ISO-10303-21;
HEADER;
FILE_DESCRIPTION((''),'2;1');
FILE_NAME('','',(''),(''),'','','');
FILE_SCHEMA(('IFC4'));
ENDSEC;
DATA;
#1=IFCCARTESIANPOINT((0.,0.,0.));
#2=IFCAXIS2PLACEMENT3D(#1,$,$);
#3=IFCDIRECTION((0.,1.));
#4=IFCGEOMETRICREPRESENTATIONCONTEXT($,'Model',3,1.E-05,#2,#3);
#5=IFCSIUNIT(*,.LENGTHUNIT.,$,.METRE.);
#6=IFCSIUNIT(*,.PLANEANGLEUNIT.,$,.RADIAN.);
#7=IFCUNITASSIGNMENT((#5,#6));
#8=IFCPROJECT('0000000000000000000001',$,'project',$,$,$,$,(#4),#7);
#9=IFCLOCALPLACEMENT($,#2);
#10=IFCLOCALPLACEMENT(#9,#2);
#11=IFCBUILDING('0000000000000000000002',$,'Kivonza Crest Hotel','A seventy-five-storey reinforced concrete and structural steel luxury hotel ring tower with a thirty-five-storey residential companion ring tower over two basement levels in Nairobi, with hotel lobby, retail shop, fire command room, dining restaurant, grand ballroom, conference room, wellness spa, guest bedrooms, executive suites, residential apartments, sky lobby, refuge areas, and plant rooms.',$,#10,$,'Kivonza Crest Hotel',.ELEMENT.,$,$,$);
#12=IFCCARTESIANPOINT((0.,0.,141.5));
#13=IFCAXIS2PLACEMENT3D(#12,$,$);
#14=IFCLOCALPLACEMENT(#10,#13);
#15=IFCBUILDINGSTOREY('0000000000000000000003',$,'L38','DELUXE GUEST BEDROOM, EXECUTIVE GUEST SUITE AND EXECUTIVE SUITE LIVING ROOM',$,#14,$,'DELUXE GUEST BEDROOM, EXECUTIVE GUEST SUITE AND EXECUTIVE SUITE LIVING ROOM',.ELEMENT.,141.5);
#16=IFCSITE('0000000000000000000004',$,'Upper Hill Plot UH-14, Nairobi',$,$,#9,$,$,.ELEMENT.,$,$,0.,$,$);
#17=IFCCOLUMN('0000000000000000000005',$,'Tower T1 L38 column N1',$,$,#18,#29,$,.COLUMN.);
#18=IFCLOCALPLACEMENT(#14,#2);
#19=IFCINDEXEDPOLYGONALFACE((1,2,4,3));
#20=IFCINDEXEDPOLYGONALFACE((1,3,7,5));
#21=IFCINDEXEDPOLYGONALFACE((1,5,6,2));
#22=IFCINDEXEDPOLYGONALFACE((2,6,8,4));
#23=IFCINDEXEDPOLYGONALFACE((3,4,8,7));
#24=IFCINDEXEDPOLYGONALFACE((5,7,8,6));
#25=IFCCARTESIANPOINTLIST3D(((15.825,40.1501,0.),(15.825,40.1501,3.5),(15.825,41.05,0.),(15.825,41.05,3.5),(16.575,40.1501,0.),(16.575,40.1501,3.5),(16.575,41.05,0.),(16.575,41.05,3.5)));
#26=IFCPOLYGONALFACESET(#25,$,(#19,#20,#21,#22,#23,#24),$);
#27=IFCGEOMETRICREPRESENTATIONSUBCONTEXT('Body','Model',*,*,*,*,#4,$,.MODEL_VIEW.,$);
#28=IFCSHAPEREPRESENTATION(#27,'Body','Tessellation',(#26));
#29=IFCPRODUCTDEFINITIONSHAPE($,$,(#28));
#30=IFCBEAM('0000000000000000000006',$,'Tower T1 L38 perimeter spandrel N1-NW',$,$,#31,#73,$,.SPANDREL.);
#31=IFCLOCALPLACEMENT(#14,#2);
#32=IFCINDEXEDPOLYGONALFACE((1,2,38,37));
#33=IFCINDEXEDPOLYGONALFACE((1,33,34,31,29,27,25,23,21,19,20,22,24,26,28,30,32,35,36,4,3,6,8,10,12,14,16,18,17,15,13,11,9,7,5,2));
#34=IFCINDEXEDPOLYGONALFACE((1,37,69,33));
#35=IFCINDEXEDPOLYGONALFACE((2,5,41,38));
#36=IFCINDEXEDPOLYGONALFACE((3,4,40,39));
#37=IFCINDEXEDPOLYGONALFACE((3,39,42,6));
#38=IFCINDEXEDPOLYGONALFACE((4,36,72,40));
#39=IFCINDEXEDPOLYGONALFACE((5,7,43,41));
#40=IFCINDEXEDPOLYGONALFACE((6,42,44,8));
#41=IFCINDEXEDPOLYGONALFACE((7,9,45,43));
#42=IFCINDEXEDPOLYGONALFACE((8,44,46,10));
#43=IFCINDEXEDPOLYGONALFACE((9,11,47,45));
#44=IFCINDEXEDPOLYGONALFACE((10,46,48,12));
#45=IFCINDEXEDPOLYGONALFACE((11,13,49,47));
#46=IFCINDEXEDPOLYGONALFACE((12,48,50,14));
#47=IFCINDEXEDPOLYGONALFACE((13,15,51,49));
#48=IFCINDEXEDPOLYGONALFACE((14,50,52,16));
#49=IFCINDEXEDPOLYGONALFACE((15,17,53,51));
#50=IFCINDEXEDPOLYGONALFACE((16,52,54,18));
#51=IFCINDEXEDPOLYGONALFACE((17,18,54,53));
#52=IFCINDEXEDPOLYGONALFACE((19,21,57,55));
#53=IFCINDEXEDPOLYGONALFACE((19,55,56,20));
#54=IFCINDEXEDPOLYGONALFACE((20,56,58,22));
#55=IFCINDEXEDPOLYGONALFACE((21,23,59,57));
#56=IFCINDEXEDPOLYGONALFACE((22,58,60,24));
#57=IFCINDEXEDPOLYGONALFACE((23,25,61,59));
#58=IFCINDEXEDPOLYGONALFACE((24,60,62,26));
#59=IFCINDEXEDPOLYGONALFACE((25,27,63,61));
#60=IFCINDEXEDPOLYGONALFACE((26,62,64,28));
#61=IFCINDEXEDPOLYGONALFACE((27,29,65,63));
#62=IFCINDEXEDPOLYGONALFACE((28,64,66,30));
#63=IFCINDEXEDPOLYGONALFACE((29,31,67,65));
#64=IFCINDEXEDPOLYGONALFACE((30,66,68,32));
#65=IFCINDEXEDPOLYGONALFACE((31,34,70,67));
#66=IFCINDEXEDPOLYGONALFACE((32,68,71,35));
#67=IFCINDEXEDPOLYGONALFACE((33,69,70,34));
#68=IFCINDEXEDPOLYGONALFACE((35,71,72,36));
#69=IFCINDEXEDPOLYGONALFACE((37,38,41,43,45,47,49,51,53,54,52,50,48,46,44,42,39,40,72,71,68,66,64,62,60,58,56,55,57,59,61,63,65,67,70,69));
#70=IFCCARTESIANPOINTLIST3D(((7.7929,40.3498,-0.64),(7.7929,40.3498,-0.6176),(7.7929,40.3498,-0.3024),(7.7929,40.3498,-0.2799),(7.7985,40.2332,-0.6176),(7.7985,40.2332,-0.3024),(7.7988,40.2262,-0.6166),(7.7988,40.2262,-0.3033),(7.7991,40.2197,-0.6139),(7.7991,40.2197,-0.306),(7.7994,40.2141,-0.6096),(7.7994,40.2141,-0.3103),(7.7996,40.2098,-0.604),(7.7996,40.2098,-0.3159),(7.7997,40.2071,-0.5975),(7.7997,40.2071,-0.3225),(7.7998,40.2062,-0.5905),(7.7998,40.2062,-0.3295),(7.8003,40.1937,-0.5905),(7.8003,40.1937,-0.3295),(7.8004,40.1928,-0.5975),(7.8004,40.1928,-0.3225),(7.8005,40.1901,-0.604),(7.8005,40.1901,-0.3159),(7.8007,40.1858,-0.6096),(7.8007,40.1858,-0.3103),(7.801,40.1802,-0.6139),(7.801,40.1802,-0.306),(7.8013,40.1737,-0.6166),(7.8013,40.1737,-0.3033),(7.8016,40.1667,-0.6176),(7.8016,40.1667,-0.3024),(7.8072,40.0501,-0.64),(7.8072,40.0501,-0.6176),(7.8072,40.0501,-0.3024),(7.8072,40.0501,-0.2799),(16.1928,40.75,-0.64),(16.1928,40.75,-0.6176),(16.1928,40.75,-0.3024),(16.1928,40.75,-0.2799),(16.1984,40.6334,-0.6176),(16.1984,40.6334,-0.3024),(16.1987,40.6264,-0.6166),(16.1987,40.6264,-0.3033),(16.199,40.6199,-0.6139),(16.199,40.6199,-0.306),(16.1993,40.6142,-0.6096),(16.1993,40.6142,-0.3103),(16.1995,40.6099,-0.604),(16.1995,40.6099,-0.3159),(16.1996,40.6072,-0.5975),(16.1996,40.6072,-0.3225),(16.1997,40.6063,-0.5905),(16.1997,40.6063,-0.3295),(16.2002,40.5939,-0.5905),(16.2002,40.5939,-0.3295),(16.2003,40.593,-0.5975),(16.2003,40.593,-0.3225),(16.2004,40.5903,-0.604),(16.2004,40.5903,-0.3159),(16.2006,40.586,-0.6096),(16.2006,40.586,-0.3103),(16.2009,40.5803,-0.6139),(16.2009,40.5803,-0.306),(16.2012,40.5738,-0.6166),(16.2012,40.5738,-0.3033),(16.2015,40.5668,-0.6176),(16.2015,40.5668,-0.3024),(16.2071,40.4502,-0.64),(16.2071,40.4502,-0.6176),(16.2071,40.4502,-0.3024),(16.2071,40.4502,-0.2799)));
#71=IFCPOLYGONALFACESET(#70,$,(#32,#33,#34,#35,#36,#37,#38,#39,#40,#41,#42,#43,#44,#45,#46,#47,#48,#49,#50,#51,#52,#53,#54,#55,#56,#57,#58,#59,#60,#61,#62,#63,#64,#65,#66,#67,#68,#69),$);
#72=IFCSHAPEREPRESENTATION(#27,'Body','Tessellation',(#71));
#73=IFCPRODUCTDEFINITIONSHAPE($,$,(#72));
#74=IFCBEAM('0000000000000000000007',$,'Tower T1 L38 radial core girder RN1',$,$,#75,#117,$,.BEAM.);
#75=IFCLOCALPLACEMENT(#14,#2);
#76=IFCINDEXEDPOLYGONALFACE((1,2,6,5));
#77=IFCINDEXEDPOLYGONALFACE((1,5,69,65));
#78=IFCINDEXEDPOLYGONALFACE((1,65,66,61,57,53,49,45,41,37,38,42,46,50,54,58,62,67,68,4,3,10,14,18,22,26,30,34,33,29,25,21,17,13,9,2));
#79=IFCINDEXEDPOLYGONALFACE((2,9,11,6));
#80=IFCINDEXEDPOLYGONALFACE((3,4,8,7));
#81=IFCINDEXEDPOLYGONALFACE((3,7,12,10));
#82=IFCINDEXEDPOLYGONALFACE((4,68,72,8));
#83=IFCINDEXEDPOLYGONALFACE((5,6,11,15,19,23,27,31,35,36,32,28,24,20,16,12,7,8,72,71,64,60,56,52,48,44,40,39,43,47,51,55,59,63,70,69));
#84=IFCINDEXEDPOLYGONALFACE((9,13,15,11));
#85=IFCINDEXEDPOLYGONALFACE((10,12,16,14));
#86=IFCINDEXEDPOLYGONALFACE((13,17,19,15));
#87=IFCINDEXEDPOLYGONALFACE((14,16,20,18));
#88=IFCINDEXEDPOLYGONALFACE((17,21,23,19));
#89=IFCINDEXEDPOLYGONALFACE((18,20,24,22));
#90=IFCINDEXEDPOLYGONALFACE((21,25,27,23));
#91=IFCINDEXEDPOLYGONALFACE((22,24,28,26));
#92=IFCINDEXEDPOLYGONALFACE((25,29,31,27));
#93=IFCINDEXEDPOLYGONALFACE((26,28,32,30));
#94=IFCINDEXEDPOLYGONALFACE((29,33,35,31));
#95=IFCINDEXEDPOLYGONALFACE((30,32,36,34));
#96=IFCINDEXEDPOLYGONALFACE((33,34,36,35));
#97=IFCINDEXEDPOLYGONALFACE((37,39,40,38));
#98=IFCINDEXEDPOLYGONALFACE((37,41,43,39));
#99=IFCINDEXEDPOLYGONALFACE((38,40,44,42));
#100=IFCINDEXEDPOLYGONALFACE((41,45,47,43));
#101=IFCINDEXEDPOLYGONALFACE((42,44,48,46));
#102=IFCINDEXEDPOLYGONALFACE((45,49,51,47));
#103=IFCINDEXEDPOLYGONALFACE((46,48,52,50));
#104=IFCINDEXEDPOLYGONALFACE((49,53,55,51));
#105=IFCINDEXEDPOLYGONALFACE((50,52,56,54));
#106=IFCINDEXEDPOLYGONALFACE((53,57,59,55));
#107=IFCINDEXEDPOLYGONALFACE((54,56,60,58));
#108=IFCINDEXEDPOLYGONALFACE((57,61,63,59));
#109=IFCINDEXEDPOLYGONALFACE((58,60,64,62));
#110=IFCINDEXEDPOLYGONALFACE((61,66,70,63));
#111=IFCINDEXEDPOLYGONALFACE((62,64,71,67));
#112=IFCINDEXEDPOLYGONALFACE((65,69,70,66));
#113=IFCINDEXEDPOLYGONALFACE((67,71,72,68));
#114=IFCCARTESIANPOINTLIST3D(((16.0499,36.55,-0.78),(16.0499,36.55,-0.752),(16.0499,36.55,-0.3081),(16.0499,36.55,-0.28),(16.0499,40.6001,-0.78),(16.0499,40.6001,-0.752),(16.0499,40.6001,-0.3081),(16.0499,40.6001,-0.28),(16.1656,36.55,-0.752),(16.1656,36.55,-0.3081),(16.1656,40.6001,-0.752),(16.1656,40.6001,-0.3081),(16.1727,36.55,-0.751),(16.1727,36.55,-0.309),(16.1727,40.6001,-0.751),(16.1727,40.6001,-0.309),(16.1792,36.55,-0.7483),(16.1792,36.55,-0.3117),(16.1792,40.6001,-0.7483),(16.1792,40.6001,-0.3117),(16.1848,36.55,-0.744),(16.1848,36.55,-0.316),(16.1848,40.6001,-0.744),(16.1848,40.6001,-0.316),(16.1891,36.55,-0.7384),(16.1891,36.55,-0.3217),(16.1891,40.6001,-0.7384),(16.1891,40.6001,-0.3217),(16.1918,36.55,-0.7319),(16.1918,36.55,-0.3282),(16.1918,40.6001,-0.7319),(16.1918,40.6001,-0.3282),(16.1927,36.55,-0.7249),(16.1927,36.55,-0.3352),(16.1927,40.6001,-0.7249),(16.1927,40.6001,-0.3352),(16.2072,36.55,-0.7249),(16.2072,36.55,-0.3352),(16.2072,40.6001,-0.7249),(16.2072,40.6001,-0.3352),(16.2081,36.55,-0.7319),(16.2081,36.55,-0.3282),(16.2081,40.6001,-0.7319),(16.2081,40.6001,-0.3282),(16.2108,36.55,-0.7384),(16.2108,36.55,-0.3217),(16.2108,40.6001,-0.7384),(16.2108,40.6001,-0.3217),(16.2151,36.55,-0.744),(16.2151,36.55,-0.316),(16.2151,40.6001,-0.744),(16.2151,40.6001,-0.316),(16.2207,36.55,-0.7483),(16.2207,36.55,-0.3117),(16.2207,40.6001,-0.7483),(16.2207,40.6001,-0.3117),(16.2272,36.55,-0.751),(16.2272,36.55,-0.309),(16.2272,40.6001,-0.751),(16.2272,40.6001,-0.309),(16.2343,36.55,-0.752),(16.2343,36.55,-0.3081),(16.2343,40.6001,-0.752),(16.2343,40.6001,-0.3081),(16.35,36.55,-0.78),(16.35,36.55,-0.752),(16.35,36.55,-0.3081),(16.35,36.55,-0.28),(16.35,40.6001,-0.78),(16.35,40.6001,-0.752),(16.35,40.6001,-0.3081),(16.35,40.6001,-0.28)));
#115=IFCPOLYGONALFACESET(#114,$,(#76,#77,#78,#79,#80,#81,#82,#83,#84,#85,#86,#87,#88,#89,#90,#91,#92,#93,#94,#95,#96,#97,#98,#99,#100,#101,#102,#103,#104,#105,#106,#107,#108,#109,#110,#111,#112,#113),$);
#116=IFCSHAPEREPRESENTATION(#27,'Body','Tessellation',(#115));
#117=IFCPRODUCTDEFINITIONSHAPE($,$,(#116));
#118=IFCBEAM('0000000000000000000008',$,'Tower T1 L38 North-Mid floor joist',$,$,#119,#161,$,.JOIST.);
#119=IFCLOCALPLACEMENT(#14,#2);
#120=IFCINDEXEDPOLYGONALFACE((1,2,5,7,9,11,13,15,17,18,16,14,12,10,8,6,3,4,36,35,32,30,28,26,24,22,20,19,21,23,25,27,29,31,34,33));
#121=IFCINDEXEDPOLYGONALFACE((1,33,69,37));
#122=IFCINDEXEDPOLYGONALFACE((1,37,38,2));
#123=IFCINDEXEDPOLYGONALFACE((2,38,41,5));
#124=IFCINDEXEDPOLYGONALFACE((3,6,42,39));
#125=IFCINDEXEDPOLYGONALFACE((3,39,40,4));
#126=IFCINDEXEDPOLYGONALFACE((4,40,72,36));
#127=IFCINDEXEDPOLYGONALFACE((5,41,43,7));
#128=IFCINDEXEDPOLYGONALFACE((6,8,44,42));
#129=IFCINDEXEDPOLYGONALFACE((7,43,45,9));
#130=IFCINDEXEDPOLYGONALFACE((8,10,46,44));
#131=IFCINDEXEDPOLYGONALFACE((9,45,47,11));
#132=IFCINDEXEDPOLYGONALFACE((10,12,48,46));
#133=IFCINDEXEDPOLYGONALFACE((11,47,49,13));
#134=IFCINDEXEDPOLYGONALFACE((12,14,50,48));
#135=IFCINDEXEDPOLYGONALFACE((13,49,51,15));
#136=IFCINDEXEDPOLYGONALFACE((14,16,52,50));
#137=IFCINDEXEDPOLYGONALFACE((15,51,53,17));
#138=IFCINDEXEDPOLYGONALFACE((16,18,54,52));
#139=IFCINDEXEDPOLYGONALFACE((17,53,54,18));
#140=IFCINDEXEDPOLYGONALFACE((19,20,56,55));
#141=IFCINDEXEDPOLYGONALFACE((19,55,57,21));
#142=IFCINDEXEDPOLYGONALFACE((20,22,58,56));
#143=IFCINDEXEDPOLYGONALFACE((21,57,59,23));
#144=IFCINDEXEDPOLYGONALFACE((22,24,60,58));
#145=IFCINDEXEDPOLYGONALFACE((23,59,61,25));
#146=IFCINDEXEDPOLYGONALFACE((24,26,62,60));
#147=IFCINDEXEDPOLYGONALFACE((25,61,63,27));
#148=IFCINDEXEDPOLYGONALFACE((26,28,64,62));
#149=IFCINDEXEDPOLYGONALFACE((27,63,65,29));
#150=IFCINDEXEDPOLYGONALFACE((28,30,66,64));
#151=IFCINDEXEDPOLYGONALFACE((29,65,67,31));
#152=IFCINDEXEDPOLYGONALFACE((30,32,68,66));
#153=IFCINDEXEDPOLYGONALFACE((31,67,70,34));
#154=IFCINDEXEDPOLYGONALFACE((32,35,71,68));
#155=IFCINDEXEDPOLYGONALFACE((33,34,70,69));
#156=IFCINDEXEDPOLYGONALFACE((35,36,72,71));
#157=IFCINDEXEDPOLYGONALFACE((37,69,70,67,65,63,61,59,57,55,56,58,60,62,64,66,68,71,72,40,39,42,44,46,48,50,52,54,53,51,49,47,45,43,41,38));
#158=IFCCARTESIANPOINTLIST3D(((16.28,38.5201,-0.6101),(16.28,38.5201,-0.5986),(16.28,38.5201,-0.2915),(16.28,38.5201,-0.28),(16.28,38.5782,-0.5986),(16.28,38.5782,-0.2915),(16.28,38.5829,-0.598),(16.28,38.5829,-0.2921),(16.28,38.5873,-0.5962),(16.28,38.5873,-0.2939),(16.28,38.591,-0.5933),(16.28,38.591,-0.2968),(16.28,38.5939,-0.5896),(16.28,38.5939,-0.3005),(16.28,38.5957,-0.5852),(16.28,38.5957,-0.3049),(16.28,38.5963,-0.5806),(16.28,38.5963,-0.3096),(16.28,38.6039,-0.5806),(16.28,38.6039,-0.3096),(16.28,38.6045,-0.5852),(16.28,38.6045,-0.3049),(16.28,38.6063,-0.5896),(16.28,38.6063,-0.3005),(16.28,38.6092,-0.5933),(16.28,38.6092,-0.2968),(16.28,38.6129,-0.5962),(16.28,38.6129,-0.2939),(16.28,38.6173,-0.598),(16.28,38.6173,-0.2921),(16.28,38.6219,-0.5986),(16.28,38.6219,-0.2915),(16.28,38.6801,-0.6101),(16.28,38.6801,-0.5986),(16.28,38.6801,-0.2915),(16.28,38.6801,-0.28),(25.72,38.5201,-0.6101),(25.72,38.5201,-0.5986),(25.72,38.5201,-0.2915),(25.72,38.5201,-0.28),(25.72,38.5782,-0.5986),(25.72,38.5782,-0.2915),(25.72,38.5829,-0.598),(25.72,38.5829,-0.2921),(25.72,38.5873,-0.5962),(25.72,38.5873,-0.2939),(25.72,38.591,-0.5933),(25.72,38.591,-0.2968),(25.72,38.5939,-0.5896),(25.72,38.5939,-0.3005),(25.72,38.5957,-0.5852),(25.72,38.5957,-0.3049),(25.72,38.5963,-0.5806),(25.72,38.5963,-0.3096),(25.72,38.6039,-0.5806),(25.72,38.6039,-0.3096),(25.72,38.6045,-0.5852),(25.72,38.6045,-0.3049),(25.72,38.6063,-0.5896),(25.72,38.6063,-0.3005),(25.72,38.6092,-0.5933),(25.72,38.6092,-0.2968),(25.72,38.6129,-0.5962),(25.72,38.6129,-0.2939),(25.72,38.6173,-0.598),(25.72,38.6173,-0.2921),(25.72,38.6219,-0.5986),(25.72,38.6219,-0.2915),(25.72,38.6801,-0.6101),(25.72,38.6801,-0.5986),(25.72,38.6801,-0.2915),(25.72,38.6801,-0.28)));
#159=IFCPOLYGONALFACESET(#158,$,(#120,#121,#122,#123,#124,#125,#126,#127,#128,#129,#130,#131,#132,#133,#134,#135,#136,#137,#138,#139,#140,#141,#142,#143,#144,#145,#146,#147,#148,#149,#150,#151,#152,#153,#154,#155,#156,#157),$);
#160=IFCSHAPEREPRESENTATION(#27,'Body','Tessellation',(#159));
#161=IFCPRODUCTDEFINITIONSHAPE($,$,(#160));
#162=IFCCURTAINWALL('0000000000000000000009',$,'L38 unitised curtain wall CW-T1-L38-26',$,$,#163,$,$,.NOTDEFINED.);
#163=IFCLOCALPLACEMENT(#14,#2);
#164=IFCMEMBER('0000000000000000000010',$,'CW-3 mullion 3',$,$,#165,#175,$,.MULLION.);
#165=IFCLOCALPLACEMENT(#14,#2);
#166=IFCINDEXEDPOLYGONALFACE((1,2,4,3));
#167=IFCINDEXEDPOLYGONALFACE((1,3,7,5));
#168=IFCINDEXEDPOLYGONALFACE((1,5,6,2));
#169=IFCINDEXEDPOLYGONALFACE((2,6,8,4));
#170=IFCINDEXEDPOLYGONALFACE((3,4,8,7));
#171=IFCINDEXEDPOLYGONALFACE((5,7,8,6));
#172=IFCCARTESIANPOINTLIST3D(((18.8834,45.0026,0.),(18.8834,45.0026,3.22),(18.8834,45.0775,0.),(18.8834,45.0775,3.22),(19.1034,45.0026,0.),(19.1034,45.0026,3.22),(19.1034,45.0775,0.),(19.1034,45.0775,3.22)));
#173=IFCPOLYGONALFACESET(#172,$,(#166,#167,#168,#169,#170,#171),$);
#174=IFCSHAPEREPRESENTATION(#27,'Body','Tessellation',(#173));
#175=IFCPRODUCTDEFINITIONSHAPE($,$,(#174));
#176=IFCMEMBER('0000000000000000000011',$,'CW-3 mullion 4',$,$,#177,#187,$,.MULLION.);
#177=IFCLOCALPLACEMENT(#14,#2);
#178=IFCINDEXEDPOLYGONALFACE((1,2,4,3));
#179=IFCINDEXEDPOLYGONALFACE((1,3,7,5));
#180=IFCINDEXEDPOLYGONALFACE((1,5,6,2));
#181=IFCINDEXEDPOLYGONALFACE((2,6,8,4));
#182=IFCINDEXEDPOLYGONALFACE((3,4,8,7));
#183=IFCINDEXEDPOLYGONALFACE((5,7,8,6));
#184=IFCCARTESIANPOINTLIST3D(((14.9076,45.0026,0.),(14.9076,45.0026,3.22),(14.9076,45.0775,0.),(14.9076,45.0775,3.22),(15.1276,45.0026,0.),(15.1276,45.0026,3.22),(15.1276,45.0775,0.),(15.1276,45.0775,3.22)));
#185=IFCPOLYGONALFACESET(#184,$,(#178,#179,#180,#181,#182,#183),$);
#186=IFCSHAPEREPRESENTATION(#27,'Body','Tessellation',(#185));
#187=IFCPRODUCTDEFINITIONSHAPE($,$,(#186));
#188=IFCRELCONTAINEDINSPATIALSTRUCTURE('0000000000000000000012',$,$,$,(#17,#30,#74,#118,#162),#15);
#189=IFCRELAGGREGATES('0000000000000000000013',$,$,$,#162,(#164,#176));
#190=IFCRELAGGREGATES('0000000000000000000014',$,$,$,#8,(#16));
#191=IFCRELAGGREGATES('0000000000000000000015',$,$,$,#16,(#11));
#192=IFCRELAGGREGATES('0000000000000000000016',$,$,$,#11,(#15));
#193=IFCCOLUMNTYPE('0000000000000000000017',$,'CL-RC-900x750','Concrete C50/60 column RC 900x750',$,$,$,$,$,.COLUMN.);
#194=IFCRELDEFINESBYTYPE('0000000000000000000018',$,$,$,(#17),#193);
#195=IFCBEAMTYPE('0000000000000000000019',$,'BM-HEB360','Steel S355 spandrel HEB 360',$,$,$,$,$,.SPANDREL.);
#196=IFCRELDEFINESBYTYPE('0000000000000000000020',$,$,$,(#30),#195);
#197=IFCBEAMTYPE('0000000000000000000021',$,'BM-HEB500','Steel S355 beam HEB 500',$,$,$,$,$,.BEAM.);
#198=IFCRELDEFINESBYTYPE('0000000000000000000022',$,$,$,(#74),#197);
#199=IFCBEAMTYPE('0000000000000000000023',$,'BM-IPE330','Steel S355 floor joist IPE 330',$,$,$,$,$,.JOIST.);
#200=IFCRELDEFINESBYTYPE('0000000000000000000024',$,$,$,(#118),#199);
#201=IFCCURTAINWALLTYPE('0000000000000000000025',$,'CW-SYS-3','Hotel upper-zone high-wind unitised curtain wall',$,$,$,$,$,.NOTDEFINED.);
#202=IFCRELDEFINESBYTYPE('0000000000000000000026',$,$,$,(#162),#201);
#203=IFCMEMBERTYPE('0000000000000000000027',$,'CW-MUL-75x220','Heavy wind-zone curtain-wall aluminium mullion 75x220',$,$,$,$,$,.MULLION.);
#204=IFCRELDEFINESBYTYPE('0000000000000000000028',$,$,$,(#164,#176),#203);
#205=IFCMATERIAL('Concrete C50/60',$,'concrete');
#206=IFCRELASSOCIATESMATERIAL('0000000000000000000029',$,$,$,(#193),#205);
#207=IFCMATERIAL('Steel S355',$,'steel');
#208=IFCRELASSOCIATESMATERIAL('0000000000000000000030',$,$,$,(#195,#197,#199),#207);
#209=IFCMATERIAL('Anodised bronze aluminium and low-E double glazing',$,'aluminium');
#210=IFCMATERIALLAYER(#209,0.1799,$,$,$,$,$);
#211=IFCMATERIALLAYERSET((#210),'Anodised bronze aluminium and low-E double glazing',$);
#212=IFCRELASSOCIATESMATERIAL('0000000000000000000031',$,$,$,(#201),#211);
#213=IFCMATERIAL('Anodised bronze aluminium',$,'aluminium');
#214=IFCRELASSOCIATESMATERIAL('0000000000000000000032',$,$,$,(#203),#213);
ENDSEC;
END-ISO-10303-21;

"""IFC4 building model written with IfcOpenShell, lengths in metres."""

from ifc_helpers import new_model, si_unit, direction, frame, origin, origin_2d, place, context, subcontext, project, spatial, rectangle, i_section, extrude, material, layer, layer_set, material_profile, profile_set, type_object, element, aggregate, save


model = new_model("IFC4")

# Units and contexts
model_context = context("Model", 3, precision=1e-05, world=origin(), true_north=direction((0.0, 1.0)))
body_context = subcontext(model_context, "Body", "Model", "MODEL_VIEW")
ifc_project = project(units=[si_unit("LENGTHUNIT", "METRE"), si_unit("PLANEANGLEUNIT", "RADIAN")], contexts=[model_context])

# Site, building, storey
site_placement = place(None, origin())
site = spatial("IfcSite", under=ifc_project, at=site_placement, Name="Upper Hill Plot UH-14, Nairobi", CompositionType="ELEMENT", RefElevation=0.0)
building_placement = place(site_placement, origin())
building = spatial("IfcBuilding", under=site, at=building_placement, Name="Kivonza Crest Hotel", Description="A seventy-five-storey reinforced concrete and structural steel luxury hotel ring tower with a thirty-five-storey residential companion ring tower over two basement levels in Nairobi, with hotel lobby, retail shop, fire command room, dining restaurant, grand ballroom, conference room, wellness spa, guest bedrooms, executive suites, residential apartments, sky lobby, refuge areas, and plant rooms.", LongName="Kivonza Crest Hotel", CompositionType="ELEMENT")
storey_placement = place(building_placement, frame((0.0, 0.0, 141.5)))
storey = spatial("IfcBuildingStorey", under=building, at=storey_placement, Name="L38", Description="DELUXE GUEST BEDROOM, EXECUTIVE GUEST SUITE AND EXECUTIVE SUITE LIVING ROOM", LongName="DELUXE GUEST BEDROOM, EXECUTIVE GUEST SUITE AND EXECUTIVE SUITE LIVING ROOM", CompositionType="ELEMENT", Elevation=141.5)

# Column
ifc_material_1 = material(Name="Concrete C50/60", Category="concrete")
ifc_material_profile_1 = material_profile(ifc_material_1, rectangle(XDim=0.75, YDim=0.8999, at=origin_2d()), Name="RC 900x750")
ifc_profile_set_1 = profile_set([ifc_material_profile_1], Name="Concrete C50/60")
column_type = type_object("IfcColumnType", Name="CL-RC-900x750", Description="Concrete C50/60 column RC 900x750", PredefinedType="COLUMN", material=ifc_profile_set_1)
column_placement = place(storey_placement, frame((16.2, 40.6001, 0.0), z_axis=(0.0, 0.0, 1.0), x_axis=(1.0, 0.0, 0.0)))
element("IfcColumn", 1, at=column_placement, inside=storey, type_object=column_type, Name="Tower T1 L38 column N1", PredefinedType="COLUMN", context=body_context, shape_type="SweptSolid", body=[
    extrude(rectangle(XDim=0.75, YDim=0.8999, at=origin_2d()), origin(), (0.0, 0.0, 1.0), 3.5),
])

# Beams
ifc_material_2 = material(Name="Steel S355", Category="steel")
ifc_material_profile_2 = material_profile(ifc_material_2, i_section(OverallWidth=0.3, OverallDepth=0.3601, WebThickness=0.0125, FlangeThickness=0.0225, FilletRadius=0.0271, at=origin_2d()), Name="HEB 360")
ifc_profile_set_2 = profile_set([ifc_material_profile_2], Name="Steel S355")
beam_type_1 = type_object("IfcBeamType", Name="BM-HEB360", Description="Steel S355 spandrel HEB 360", PredefinedType="SPANDREL", material=ifc_profile_set_2)
beam_1_placement = place(storey_placement, frame((16.2, 40.6001, -0.46), z_axis=(-0.998867, -0.047583, 0.0), x_axis=(0.047583, -0.998867, 0.0)))
element("IfcBeam", 2, at=beam_1_placement, inside=storey, type_object=beam_type_1, Name="Tower T1 L38 perimeter spandrel N1-NW", PredefinedType="SPANDREL", context=body_context, shape_type="SweptSolid", body=[
    extrude(i_section(OverallWidth=0.3, OverallDepth=0.3601, WebThickness=0.0125, FlangeThickness=0.0225, FilletRadius=0.0271, at=origin_2d()), origin(), (0.0, 0.0, 1.0), 8.4094),
])
ifc_material_profile_3 = material_profile(ifc_material_2, i_section(OverallWidth=0.3, OverallDepth=0.5, WebThickness=0.0144, FlangeThickness=0.0281, FilletRadius=0.0271, at=origin_2d()), Name="HEB 500")
ifc_profile_set_3 = profile_set([ifc_material_profile_3], Name="Steel S355")
beam_type_2 = type_object("IfcBeamType", Name="BM-HEB500", Description="Steel S355 beam HEB 500", PredefinedType="BEAM", material=ifc_profile_set_3)
beam_2_placement = place(storey_placement, frame((16.2, 40.6001, -0.53), z_axis=(0.0, -1.0, 0.0), x_axis=(1.0, 0.0, 0.0)))
element("IfcBeam", 3, at=beam_2_placement, inside=storey, type_object=beam_type_2, Name="Tower T1 L38 radial core girder RN1", PredefinedType="BEAM", context=body_context, shape_type="SweptSolid", body=[
    extrude(i_section(OverallWidth=0.3, OverallDepth=0.5, WebThickness=0.0144, FlangeThickness=0.0281, FilletRadius=0.0271, at=origin_2d()), origin(), (0.0, 0.0, 1.0), 4.05),
])
ifc_material_profile_4 = material_profile(ifc_material_2, i_section(OverallWidth=0.1599, OverallDepth=0.3301, WebThickness=0.0076, FlangeThickness=0.0115, FilletRadius=0.0181, at=origin_2d()), Name="IPE 330")
ifc_profile_set_4 = profile_set([ifc_material_profile_4], Name="Steel S355")
beam_type_3 = type_object("IfcBeamType", Name="BM-IPE330", Description="Steel S355 floor joist IPE 330", PredefinedType="JOIST", material=ifc_profile_set_4)
beam_3_placement = place(storey_placement, frame((16.28, 38.6001, -0.4451), z_axis=(1.0, 0.0, 0.0), x_axis=(0.0, 1.0, 0.0)))
element("IfcBeam", 4, at=beam_3_placement, inside=storey, type_object=beam_type_3, Name="Tower T1 L38 North-Mid floor joist", PredefinedType="JOIST", context=body_context, shape_type="SweptSolid", body=[
    extrude(i_section(OverallWidth=0.1599, OverallDepth=0.3301, WebThickness=0.0076, FlangeThickness=0.0115, FilletRadius=0.0181, at=origin_2d()), origin(), (0.0, 0.0, 1.0), 9.4399),
])

# Curtain wall, members
ifc_material_3 = material(Name="Anodised bronze aluminium and low-E double glazing", Category="aluminium")
ifc_layer_1 = layer(ifc_material_3, 0.1799)
ifc_layer_set_1 = layer_set([ifc_layer_1], Name="Anodised bronze aluminium and low-E double glazing")
curtain_wall_type = type_object("IfcCurtainWallType", Name="CW-SYS-3", Description="Hotel upper-zone high-wind unitised curtain wall", PredefinedType="NOTDEFINED", material=ifc_layer_set_1)
curtain_wall_placement = place(storey_placement, origin())
curtain_wall = element("IfcCurtainWall", 5, at=curtain_wall_placement, inside=storey, type_object=curtain_wall_type, Name="L38 unitised curtain wall CW-T1-L38-26", PredefinedType="NOTDEFINED")
ifc_material_4 = material(Name="Anodised bronze aluminium", Category="aluminium")
ifc_material_profile_5 = material_profile(ifc_material_4, rectangle(XDim=0.075, YDim=0.22, at=origin_2d()), Name="CW-M 75x220")
ifc_profile_set_5 = profile_set([ifc_material_profile_5], Name="Anodised bronze aluminium")
member_type_1 = type_object("IfcMemberType", Name="CW-MUL-75x220", Description="Heavy wind-zone curtain-wall aluminium mullion 75x220", PredefinedType="MULLION", material=ifc_profile_set_5)
member_1_placement = place(storey_placement, frame((18.9934, 45.04, 0.0), z_axis=(0.0, 0.0, 1.0), x_axis=(0.0, -1.0, 0.0)))
member_1 = element("IfcMember", 6, at=member_1_placement, type_object=member_type_1, Name="CW-3 mullion 3", PredefinedType="MULLION", context=body_context, shape_type="SweptSolid", body=[
    extrude(rectangle(XDim=0.075, YDim=0.22, at=origin_2d()), origin(), (0.0, 0.0, 1.0), 3.22),
])
member_2_placement = place(storey_placement, frame((15.0176, 45.04, 0.0), z_axis=(0.0, 0.0, 1.0), x_axis=(0.0, -1.0, 0.0)))
member_2 = element("IfcMember", 7, at=member_2_placement, type_object=member_type_1, Name="CW-3 mullion 4", PredefinedType="MULLION", context=body_context, shape_type="SweptSolid", body=[
    extrude(rectangle(XDim=0.075, YDim=0.22, at=origin_2d()), origin(), (0.0, 0.0, 1.0), 3.22),
])
aggregate(curtain_wall, [member_1, member_2])

save(model, "model.ifc")
